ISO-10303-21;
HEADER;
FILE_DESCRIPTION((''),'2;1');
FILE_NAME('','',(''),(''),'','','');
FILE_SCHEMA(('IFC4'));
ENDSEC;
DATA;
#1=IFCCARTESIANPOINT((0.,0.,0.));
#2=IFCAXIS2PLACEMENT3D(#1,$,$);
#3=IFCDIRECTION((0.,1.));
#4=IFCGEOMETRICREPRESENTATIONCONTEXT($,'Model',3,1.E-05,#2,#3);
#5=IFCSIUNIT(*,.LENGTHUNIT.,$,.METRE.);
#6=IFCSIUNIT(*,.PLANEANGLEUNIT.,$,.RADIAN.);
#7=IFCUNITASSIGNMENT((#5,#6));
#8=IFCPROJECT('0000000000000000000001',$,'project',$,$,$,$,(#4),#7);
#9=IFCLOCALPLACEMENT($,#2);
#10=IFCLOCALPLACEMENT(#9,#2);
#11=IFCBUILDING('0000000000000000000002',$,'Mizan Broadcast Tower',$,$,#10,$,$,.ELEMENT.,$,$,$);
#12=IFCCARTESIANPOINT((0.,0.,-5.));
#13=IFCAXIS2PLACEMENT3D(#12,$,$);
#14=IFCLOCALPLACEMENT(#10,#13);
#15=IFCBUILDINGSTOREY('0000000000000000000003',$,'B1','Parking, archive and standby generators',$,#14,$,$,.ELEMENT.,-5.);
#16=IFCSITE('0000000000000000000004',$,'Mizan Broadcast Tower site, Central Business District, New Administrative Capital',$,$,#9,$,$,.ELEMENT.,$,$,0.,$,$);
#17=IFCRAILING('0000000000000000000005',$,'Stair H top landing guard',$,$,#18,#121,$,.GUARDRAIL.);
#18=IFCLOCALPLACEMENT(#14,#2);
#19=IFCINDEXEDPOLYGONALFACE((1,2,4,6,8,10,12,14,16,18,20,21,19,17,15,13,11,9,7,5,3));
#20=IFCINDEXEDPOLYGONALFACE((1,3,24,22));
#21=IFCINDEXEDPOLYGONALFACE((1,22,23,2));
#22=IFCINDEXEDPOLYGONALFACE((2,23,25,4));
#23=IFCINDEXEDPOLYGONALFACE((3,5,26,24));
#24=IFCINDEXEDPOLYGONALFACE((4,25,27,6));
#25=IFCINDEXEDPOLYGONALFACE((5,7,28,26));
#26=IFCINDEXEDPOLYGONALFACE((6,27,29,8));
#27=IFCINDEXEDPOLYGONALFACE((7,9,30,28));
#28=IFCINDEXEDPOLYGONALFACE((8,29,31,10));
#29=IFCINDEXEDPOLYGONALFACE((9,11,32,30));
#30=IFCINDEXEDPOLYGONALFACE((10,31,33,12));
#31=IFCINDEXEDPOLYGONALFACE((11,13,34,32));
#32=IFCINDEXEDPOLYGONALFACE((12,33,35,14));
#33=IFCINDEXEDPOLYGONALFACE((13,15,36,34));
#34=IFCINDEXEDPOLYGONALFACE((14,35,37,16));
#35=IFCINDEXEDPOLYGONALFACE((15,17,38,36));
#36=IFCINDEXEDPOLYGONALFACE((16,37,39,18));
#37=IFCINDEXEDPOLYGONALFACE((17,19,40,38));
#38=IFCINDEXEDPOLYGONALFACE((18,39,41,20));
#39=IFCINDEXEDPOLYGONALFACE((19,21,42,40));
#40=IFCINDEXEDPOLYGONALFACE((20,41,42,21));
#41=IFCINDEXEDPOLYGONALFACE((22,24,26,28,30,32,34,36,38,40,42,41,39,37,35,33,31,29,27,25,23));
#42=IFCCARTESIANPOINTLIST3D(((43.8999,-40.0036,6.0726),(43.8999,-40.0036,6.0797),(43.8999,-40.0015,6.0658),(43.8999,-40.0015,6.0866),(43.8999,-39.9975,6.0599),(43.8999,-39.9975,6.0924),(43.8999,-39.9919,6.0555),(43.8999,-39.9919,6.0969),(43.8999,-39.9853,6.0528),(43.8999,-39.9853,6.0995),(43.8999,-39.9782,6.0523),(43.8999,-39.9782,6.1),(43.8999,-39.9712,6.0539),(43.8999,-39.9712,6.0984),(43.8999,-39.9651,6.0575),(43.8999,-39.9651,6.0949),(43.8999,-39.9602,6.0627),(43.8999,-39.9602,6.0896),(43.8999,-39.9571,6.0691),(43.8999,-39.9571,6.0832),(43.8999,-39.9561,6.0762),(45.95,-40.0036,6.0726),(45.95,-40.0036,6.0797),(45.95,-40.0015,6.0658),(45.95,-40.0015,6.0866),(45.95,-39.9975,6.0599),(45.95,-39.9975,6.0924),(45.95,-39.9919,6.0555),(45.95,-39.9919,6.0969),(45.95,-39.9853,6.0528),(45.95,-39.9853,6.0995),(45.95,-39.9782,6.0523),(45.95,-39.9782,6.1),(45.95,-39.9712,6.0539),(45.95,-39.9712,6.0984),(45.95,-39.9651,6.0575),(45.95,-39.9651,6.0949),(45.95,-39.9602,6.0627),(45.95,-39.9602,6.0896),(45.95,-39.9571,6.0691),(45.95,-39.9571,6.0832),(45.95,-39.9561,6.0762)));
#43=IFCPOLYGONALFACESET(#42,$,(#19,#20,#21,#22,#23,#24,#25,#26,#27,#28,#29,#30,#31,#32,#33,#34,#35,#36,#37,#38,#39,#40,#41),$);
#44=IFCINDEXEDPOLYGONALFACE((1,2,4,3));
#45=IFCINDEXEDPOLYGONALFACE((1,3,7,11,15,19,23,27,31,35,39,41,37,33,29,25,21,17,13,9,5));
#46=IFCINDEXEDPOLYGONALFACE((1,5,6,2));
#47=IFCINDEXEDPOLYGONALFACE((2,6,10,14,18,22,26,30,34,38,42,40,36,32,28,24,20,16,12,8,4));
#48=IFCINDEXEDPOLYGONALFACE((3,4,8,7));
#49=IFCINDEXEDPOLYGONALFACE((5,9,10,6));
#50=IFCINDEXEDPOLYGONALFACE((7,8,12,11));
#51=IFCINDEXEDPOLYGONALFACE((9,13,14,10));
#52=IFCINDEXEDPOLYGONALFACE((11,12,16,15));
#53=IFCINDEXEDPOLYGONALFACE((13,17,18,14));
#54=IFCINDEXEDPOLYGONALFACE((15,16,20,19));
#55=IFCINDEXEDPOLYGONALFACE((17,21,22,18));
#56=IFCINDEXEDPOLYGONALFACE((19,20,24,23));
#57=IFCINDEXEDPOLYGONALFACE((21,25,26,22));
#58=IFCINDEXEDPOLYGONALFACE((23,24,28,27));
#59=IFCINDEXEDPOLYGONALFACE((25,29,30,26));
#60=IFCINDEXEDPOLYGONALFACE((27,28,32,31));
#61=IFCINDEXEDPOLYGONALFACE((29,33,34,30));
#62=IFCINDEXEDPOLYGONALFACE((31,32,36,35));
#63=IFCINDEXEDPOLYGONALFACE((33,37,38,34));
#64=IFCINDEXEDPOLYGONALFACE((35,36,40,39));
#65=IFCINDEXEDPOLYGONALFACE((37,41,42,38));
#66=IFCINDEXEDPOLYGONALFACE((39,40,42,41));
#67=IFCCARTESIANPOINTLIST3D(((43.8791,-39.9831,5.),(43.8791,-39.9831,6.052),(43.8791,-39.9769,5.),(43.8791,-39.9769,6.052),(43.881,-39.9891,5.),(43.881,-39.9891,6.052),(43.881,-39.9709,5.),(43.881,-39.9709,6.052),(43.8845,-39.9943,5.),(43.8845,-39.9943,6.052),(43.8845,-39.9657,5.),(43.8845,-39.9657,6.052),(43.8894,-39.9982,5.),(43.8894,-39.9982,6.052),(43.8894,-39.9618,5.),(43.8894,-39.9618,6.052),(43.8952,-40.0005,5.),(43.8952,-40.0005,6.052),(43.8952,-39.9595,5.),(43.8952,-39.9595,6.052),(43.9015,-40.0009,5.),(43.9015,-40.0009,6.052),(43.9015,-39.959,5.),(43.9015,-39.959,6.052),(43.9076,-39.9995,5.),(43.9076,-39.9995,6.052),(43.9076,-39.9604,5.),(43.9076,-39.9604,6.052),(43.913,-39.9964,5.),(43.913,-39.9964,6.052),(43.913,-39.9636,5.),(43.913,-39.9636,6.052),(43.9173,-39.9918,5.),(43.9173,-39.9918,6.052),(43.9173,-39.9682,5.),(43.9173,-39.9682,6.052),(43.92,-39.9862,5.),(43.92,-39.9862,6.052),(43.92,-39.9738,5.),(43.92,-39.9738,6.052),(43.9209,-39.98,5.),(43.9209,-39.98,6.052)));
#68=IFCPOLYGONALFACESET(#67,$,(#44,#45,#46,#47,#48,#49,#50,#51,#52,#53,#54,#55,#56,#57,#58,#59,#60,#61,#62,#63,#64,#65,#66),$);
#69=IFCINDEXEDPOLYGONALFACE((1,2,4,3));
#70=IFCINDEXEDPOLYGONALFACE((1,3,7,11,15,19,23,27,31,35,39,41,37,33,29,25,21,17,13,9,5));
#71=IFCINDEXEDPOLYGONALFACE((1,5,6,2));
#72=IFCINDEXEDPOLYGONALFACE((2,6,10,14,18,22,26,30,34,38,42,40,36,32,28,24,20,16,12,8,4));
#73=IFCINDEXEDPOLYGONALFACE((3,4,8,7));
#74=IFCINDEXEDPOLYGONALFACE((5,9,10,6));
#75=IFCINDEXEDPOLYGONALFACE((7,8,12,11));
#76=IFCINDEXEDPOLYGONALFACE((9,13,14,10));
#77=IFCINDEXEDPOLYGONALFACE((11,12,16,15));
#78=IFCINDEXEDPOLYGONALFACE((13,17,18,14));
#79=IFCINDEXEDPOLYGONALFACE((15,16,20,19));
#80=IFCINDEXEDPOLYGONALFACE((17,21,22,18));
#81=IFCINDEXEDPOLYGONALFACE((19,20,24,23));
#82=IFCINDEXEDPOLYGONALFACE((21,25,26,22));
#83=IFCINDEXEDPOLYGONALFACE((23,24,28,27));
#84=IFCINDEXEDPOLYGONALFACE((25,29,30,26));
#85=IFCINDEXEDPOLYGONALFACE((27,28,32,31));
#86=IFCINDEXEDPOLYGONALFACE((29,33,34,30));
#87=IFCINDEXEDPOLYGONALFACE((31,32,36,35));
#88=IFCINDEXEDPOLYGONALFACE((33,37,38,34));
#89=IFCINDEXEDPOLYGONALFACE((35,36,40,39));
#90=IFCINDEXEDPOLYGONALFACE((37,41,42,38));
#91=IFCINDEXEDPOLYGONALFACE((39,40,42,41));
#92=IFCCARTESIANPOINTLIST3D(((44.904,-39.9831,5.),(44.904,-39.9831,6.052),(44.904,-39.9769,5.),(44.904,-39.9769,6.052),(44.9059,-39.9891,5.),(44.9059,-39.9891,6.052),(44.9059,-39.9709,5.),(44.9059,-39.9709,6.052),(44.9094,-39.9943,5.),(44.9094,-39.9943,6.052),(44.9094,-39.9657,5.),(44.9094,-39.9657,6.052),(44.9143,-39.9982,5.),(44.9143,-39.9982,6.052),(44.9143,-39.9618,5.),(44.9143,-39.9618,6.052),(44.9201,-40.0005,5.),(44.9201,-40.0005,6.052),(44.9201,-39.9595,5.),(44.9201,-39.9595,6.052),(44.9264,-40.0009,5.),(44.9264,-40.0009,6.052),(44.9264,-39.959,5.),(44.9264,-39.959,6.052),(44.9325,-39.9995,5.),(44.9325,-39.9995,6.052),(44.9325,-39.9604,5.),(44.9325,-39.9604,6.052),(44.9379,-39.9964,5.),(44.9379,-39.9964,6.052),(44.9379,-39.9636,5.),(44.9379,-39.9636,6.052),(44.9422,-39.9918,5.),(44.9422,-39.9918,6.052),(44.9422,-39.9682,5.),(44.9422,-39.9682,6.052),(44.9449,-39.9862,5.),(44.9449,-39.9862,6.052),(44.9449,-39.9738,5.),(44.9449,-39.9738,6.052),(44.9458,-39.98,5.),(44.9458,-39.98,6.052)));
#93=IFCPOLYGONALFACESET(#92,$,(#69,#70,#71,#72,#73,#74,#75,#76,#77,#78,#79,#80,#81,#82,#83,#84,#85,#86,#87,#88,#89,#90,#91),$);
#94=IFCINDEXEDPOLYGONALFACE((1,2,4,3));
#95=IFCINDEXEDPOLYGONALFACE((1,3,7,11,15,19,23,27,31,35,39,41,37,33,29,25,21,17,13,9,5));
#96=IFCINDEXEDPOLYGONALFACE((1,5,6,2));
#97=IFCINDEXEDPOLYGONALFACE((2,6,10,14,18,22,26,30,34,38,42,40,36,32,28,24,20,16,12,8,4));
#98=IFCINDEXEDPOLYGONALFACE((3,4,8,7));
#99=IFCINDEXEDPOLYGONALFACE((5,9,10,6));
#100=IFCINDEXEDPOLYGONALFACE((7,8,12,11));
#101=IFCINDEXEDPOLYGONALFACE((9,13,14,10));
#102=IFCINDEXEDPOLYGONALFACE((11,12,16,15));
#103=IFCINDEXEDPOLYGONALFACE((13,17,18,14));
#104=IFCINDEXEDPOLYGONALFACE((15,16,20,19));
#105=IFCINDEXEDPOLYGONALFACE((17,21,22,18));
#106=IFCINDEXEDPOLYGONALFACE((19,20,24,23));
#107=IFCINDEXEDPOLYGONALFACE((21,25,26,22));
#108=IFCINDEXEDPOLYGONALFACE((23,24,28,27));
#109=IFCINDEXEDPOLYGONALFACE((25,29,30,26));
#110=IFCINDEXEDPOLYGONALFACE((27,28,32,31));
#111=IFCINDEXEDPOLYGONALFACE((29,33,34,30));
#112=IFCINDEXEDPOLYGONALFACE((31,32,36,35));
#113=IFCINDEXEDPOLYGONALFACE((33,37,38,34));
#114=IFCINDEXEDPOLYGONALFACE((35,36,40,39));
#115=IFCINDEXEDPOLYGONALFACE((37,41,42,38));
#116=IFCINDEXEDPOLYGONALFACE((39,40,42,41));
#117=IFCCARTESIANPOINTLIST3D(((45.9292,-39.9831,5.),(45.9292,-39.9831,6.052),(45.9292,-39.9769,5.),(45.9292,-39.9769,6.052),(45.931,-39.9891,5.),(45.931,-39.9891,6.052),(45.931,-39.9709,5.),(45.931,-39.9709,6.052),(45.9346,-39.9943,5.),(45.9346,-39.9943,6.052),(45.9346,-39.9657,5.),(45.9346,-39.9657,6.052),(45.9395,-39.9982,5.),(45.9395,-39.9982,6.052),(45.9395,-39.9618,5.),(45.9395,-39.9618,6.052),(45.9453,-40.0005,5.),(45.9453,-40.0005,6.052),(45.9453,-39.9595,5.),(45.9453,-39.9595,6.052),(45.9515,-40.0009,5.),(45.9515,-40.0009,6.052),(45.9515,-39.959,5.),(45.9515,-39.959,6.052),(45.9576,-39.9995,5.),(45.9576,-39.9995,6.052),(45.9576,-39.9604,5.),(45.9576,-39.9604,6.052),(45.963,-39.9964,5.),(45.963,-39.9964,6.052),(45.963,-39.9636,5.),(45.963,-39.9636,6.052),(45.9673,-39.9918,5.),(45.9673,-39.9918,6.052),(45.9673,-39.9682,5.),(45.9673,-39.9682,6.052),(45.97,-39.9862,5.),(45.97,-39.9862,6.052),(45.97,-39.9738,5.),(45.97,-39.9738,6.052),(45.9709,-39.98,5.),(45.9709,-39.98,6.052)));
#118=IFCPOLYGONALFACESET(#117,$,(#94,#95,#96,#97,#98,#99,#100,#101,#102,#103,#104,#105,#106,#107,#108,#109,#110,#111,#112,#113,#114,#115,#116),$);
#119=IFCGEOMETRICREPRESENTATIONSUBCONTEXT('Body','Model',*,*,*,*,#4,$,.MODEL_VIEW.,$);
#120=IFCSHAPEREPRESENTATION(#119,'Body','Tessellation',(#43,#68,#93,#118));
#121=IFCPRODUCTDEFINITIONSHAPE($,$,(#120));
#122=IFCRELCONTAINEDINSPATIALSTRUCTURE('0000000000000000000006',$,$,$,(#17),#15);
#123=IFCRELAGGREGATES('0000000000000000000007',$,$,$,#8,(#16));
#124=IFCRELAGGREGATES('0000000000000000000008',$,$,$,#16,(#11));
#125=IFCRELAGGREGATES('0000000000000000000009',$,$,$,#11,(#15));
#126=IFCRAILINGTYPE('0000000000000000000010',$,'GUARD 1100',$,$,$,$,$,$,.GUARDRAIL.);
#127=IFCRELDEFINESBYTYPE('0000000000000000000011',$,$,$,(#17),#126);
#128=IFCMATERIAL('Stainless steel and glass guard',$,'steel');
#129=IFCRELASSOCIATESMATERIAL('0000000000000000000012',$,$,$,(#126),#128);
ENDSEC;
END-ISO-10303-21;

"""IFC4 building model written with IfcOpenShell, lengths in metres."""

from ifc_helpers import new_model, si_unit, direction, frame, origin, origin_2d, place, context, subcontext, project, spatial, circle, extrude, material, type_object, element, save


model = new_model("IFC4")

# Units and contexts
model_context = context("Model", 3, precision=1e-05, world=origin(), true_north=direction((0.0, 1.0)))
body_context = subcontext(model_context, "Body", "Model", "MODEL_VIEW")
ifc_project = project(units=[si_unit("LENGTHUNIT", "METRE"), si_unit("PLANEANGLEUNIT", "RADIAN")], contexts=[model_context])

# Site, building, storey
site_placement = place(None, origin())
site = spatial("IfcSite", under=ifc_project, at=site_placement, Name="Mizan Broadcast Tower site, Central Business District, New Administrative Capital", CompositionType="ELEMENT", RefElevation=0.0)
building_placement = place(site_placement, origin())
building = spatial("IfcBuilding", under=site, at=building_placement, Name="Mizan Broadcast Tower", CompositionType="ELEMENT")
storey_placement = place(building_placement, frame((0.0, 0.0, -5.0)))
storey = spatial("IfcBuildingStorey", under=building, at=storey_placement, Name="B1", Description="Parking, archive and standby generators", CompositionType="ELEMENT", Elevation=-5.0)

# Railing
ifc_material_1 = material(Name="Stainless steel and glass guard", Category="steel")
railing_type_1 = type_object("IfcRailingType", Name="GUARD 1100", PredefinedType="GUARDRAIL", material=ifc_material_1)
railing_1_placement = place(storey_placement, frame((43.8999, -39.98, 5.0)))
element("IfcRailing", 1, at=railing_1_placement, inside=storey, type_object=railing_type_1, Name="Stair H top landing guard", PredefinedType="GUARDRAIL", context=body_context, shape_type="SweptSolid", body=[
    extrude(circle(Radius=0.0239, at=origin_2d()), frame((0.0, 0.0, 1.0762), z_axis=(1.0, 0.0, 0.0), x_axis=(0.0, 1.0, 0.0)), (0.0, 0.0, 1.0), 2.05),
    extrude(circle(Radius=0.021, at=origin_2d()), origin(), (0.0, 0.0, 1.0), 1.052),
    extrude(circle(Radius=0.021, at=origin_2d()), frame((1.0249, 0.0, 0.0)), (0.0, 0.0, 1.0), 1.052),
    extrude(circle(Radius=0.021, at=origin_2d()), frame((2.05, 0.0, 0.0)), (0.0, 0.0, 1.0), 1.052),
])

save(model, "model.ifc")
